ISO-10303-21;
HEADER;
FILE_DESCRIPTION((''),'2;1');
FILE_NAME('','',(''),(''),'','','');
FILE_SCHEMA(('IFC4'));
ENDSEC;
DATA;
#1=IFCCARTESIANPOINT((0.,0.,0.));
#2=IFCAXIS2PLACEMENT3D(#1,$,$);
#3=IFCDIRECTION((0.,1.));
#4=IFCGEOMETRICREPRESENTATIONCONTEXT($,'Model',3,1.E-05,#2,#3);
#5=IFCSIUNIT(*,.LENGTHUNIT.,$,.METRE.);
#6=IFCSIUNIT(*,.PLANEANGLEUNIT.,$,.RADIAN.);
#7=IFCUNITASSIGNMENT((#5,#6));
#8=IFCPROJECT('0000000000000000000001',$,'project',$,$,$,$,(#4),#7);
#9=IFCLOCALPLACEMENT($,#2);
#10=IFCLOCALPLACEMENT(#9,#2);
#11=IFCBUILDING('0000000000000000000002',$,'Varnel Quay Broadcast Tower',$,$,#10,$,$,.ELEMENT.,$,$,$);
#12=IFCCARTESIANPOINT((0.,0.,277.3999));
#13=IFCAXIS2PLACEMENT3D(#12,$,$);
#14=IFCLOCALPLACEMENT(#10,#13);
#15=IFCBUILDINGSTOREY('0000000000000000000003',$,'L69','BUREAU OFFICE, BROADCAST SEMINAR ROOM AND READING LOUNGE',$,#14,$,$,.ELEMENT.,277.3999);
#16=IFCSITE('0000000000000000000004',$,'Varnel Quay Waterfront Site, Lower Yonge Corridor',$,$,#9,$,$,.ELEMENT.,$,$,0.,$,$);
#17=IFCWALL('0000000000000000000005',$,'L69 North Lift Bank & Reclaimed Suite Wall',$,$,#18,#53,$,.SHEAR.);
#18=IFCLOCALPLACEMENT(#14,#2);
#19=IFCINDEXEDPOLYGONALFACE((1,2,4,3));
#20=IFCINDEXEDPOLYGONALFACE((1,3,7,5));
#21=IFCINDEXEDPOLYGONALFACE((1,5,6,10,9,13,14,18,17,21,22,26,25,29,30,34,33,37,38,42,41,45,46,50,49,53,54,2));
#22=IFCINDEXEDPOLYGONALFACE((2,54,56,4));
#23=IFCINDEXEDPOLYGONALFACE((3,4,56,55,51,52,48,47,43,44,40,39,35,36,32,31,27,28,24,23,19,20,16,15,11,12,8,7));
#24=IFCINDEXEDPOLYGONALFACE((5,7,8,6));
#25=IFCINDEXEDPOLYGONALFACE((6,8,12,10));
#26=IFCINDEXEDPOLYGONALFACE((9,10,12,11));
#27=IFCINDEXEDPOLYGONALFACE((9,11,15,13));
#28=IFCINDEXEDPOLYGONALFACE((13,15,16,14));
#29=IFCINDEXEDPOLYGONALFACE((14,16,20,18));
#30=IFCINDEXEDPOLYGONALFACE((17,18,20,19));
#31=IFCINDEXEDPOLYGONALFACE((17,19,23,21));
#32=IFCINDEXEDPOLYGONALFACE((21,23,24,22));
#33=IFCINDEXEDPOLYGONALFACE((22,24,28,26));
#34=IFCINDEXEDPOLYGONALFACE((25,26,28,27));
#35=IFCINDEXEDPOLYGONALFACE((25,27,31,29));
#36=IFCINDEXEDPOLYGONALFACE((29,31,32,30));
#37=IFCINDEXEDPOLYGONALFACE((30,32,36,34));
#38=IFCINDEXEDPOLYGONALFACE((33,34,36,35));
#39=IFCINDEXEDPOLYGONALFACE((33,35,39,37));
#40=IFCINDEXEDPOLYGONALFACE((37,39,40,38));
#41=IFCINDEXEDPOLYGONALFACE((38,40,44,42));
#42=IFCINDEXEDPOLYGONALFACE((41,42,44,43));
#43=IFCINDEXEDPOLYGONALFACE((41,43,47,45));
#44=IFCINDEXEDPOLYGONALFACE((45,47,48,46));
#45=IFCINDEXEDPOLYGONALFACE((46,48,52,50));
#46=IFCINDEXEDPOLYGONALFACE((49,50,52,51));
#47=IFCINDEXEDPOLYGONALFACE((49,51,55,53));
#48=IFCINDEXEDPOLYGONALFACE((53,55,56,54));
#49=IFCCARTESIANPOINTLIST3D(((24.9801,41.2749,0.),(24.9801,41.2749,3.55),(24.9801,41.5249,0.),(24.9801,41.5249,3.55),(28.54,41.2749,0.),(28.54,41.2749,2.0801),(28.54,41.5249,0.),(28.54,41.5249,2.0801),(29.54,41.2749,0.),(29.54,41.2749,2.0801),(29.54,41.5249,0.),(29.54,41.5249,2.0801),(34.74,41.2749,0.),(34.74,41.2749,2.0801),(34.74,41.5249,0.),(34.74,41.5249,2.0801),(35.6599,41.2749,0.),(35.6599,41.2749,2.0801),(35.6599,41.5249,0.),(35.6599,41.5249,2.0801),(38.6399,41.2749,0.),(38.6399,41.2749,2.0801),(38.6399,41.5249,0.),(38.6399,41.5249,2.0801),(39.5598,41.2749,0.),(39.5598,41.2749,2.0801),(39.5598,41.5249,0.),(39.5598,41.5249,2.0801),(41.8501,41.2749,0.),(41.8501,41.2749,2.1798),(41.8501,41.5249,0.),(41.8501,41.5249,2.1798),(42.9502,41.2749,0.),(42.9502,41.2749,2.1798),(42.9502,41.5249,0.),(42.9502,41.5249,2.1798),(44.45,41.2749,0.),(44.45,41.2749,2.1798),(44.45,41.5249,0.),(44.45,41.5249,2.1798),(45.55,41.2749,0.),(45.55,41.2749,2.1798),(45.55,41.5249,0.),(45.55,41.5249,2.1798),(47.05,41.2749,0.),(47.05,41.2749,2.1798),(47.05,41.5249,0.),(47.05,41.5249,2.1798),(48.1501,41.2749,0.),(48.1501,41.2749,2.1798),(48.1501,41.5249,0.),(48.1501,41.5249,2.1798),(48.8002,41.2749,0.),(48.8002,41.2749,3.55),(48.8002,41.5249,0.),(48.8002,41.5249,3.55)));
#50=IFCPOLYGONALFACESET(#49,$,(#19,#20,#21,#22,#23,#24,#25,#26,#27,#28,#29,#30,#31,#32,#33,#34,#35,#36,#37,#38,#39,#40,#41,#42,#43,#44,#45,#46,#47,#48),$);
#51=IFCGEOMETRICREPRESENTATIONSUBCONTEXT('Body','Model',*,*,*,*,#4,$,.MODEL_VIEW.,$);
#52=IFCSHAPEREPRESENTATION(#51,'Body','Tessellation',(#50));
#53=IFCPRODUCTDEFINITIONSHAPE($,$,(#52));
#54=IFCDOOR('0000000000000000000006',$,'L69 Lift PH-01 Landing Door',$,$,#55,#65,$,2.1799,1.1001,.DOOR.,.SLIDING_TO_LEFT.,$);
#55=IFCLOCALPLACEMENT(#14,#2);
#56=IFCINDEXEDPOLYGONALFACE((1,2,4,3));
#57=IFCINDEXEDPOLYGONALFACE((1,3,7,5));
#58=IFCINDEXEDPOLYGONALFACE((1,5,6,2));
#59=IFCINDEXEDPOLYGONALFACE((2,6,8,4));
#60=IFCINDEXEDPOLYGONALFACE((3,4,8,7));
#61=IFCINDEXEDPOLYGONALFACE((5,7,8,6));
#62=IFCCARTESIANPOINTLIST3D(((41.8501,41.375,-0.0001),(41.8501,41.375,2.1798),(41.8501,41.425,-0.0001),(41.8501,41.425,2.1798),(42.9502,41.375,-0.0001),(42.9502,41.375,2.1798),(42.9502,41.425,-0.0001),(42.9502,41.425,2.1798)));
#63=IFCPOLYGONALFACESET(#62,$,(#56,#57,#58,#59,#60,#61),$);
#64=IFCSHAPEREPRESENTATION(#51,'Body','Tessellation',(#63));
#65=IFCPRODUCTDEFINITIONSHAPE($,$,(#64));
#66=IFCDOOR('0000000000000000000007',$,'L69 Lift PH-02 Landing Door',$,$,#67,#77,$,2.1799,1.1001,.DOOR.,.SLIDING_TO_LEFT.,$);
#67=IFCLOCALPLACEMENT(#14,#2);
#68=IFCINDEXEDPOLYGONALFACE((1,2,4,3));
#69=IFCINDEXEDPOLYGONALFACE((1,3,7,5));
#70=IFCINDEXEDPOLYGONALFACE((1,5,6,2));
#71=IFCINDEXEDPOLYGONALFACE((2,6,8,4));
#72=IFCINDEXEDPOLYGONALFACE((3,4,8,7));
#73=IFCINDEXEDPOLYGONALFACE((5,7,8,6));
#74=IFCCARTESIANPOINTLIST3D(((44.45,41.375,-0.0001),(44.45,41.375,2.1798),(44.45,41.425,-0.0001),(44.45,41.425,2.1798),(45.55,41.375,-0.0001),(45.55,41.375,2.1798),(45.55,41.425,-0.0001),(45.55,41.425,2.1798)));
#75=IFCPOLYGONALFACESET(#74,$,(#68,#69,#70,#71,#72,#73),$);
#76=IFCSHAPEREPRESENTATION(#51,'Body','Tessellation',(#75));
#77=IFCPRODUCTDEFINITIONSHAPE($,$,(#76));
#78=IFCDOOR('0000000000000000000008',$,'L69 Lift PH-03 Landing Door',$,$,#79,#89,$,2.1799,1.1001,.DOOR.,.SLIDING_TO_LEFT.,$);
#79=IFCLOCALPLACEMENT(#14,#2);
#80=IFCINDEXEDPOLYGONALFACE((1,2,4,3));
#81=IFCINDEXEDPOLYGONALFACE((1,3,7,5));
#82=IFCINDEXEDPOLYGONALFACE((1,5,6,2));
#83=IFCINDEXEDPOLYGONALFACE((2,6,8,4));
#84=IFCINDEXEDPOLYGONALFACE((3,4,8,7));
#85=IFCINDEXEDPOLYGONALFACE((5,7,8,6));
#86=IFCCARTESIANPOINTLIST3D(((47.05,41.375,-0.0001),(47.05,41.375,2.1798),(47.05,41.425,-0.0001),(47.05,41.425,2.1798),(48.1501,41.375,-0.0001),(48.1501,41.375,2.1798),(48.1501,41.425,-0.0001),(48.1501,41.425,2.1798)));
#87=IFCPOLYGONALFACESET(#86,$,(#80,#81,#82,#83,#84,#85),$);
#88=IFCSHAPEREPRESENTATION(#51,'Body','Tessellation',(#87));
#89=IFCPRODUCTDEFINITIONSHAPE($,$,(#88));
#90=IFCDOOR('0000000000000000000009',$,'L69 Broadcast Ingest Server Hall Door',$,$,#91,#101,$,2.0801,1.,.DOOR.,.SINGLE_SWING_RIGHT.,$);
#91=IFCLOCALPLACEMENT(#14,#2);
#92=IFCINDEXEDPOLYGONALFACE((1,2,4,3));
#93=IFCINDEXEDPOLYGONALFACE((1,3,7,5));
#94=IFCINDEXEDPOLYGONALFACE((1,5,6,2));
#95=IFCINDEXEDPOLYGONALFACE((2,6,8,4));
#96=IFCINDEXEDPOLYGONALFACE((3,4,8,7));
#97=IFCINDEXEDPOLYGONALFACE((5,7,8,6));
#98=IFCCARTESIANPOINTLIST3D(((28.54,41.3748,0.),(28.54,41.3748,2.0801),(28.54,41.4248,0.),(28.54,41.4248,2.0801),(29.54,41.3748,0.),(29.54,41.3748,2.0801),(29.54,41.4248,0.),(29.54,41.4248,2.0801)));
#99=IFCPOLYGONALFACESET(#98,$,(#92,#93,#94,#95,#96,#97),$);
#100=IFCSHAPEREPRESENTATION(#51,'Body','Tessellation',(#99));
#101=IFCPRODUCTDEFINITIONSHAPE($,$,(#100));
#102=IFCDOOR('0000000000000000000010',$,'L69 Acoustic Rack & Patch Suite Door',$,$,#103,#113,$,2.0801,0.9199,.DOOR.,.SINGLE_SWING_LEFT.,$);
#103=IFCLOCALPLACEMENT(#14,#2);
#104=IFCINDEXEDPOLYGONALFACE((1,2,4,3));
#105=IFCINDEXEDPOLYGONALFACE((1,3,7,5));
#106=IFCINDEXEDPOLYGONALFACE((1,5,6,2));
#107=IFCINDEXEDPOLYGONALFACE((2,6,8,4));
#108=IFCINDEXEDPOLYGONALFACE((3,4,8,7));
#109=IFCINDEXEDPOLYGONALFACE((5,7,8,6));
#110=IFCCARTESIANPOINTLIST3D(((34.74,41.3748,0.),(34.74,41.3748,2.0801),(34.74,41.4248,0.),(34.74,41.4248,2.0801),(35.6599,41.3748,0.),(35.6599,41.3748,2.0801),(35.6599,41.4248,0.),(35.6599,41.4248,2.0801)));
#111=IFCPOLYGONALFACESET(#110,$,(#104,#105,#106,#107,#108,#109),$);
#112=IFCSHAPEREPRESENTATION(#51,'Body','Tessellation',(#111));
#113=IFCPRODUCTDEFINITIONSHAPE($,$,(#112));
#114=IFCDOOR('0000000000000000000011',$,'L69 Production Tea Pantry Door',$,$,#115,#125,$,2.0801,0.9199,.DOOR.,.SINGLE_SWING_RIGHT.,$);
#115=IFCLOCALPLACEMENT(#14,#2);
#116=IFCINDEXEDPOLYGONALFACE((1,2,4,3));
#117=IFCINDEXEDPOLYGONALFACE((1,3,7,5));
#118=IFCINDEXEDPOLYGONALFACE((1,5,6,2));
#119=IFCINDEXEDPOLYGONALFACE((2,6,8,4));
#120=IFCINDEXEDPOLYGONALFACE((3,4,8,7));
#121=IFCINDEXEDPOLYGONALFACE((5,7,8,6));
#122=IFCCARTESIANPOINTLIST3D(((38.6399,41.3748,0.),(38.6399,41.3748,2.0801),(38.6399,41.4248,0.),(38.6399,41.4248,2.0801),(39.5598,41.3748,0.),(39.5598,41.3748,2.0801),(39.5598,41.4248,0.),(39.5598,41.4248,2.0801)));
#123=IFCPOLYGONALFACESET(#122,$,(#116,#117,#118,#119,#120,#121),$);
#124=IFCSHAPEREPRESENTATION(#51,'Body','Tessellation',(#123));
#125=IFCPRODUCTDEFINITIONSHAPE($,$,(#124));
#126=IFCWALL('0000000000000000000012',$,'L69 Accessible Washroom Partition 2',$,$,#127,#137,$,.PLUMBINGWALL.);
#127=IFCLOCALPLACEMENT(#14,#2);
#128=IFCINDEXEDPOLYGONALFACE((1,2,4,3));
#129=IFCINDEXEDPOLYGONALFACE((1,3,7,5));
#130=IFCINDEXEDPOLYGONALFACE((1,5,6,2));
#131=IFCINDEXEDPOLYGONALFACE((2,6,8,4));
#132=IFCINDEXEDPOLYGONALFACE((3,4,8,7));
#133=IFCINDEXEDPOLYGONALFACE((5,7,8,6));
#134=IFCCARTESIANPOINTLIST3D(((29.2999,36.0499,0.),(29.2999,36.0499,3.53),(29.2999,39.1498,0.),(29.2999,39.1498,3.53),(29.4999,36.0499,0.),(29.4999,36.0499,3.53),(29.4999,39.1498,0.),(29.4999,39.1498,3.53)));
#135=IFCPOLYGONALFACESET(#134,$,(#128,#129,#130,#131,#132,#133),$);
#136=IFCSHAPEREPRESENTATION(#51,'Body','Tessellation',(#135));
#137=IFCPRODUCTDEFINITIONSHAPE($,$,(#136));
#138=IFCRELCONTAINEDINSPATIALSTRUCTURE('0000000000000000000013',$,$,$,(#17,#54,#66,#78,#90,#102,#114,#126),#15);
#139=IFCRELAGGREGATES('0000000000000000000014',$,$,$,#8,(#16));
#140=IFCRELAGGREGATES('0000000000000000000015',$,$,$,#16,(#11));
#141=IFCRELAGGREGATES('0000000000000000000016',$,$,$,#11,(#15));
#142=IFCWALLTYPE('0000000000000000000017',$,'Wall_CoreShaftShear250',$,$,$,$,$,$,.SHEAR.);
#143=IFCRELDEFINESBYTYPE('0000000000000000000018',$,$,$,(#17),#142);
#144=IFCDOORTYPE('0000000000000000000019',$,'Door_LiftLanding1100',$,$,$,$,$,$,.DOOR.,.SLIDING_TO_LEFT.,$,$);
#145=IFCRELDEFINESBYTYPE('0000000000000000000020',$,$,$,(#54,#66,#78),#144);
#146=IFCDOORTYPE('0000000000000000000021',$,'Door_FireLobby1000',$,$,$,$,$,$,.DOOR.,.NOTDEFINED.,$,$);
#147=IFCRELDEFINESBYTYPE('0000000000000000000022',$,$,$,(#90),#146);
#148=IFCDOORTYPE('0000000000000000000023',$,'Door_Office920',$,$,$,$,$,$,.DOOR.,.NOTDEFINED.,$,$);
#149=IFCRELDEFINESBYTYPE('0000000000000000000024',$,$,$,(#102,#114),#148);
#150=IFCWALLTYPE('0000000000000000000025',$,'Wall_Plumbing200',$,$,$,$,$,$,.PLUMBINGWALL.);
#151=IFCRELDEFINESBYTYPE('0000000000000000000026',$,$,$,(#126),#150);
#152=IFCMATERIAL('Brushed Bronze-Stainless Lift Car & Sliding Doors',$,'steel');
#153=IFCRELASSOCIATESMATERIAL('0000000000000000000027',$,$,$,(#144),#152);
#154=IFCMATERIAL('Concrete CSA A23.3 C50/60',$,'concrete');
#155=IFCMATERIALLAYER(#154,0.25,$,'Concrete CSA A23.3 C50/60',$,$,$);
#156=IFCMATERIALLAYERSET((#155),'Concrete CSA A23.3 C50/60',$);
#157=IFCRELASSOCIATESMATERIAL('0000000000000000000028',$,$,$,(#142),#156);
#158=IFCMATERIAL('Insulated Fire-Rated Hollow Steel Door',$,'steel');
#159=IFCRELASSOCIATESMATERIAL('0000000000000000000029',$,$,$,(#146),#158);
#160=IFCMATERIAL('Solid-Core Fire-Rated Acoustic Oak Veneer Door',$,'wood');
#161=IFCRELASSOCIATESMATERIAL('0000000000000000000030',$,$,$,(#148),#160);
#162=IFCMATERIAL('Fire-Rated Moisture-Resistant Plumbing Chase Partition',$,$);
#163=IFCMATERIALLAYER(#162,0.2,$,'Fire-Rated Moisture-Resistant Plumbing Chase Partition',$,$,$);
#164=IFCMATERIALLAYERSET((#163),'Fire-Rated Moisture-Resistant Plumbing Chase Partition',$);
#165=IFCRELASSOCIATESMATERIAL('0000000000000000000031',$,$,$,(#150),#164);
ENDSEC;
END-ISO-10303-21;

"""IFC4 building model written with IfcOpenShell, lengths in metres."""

from ifc_helpers import new_model, si_unit, direction, frame, frame_2d, origin, place, context, subcontext, project, spatial, rectangle, extrude, source, transform, mapped, material, layer, layer_set, type_object, type_shapes, element, fill, save


model = new_model("IFC4")

# Units and contexts
model_context = context("Model", 3, precision=1e-05, world=origin(), true_north=direction((0.0, 1.0)))
body_context = subcontext(model_context, "Body", "Model", "MODEL_VIEW")
ifc_project = project(units=[si_unit("LENGTHUNIT", "METRE"), si_unit("PLANEANGLEUNIT", "RADIAN")], contexts=[model_context])

# Site, building, storey
site_placement = place(None, origin())
site = spatial("IfcSite", under=ifc_project, at=site_placement, Name="Varnel Quay Waterfront Site, Lower Yonge Corridor", CompositionType="ELEMENT", RefElevation=0.0)
building_placement = place(site_placement, origin())
building = spatial("IfcBuilding", under=site, at=building_placement, Name="Varnel Quay Broadcast Tower", CompositionType="ELEMENT")
storey_placement = place(building_placement, frame((0.0, 0.0, 277.3999)))
storey = spatial("IfcBuildingStorey", under=building, at=storey_placement, Name="L69", Description="BUREAU OFFICE, BROADCAST SEMINAR ROOM AND READING LOUNGE", CompositionType="ELEMENT", Elevation=277.3999)

# Shared definitions
ifc_material_1 = material(Name="Concrete CSA A23.3 C50/60", Category="concrete")
ifc_material_2 = material(Name="Brushed Bronze-Stainless Lift Car & Sliding Doors", Category="steel")
door_type_1 = type_object("IfcDoorType", Name="Door_LiftLanding1100", OperationType="SLIDING_TO_LEFT", PredefinedType="DOOR", material=ifc_material_2)
shared_shape_1 = source(origin(), body_context, "Body", "SweptSolid", [
    extrude(rectangle(XDim=1.1001, YDim=2.1799, at=frame_2d((0.55, 1.0898))), frame((0.0, 0.0249, 0.0), z_axis=(0.0, -1.0, 0.0), x_axis=(1.0, 0.0, 0.0)), (0.0, 0.0, 1.0), 0.05),
])
type_shapes(door_type_1, [shared_shape_1])

# Shared definitions
ifc_layer_1 = layer(ifc_material_1, 0.25, Name="Concrete CSA A23.3 C50/60")
ifc_layer_set_1 = layer_set([ifc_layer_1], Name="Concrete CSA A23.3 C50/60")
wall_type_1 = type_object("IfcWallType", Name="Wall_CoreShaftShear250", PredefinedType="SHEAR", material=ifc_layer_set_1)

# Wall, openings, doors
wall_1_placement = place(storey_placement, frame((24.98, 41.3999, 0.0), z_axis=(0.0, 0.0, 1.0), x_axis=(1.0, 0.0, 0.0)))
wall_1 = element("IfcWall", 1, at=wall_1_placement, inside=storey, type_object=wall_type_1, Name="L69 North Lift Bank & Reclaimed Suite Wall", PredefinedType="SHEAR", context=body_context, shape_type="SweptSolid", body=[
    extrude(rectangle(XDim=23.8201, YDim=0.25, at=frame_2d((11.9102, 0.0))), origin(), (0.0, 0.0, 1.0), 3.55),
])
opening_1_placement = place(wall_1_placement, frame((16.8701, 0.0, 0.0)))
opening_1 = element("IfcOpeningElement", 2, at=opening_1_placement, cuts=wall_1, PredefinedType="OPENING", context=body_context, shape_type="SweptSolid", body=[
    extrude(rectangle(XDim=1.1001, YDim=2.1799, at=frame_2d((0.55, 1.0898))), frame((0.0, 0.135, 0.0), z_axis=(0.0, -1.0, 0.0), x_axis=(1.0, 0.0, 0.0)), (0.0, 0.0, 1.0), 0.27),
])
opening_2_placement = place(wall_1_placement, frame((19.47, 0.0, 0.0)))
opening_2 = element("IfcOpeningElement", 3, at=opening_2_placement, cuts=wall_1, PredefinedType="OPENING", context=body_context, shape_type="SweptSolid", body=[
    extrude(rectangle(XDim=1.1001, YDim=2.1799, at=frame_2d((0.55, 1.0898))), frame((0.0, 0.135, 0.0), z_axis=(0.0, -1.0, 0.0), x_axis=(1.0, 0.0, 0.0)), (0.0, 0.0, 1.0), 0.27),
])
opening_3_placement = place(wall_1_placement, frame((22.0701, 0.0, 0.0)))
opening_3 = element("IfcOpeningElement", 4, at=opening_3_placement, cuts=wall_1, PredefinedType="OPENING", context=body_context, shape_type="SweptSolid", body=[
    extrude(rectangle(XDim=1.1001, YDim=2.1799, at=frame_2d((0.55, 1.0898))), frame((0.0, 0.135, 0.0), z_axis=(0.0, -1.0, 0.0), x_axis=(1.0, 0.0, 0.0)), (0.0, 0.0, 1.0), 0.27),
])
opening_4_placement = place(wall_1_placement, frame((3.5601, 0.0, 0.0)))
opening_4 = element("IfcOpeningElement", 5, at=opening_4_placement, cuts=wall_1, PredefinedType="OPENING", context=body_context, shape_type="SweptSolid", body=[
    extrude(rectangle(XDim=1.0, YDim=2.0801, at=frame_2d((0.5, 1.04))), frame((0.0, 0.135, 0.0), z_axis=(0.0, -1.0, 0.0), x_axis=(1.0, 0.0, 0.0)), (0.0, 0.0, 1.0), 0.27),
])
opening_5_placement = place(wall_1_placement, frame((9.76, 0.0, 0.0)))
opening_5 = element("IfcOpeningElement", 6, at=opening_5_placement, cuts=wall_1, PredefinedType="OPENING", context=body_context, shape_type="SweptSolid", body=[
    extrude(rectangle(XDim=0.9199, YDim=2.0801, at=frame_2d((0.46, 1.04))), frame((0.0, 0.135, 0.0), z_axis=(0.0, -1.0, 0.0), x_axis=(1.0, 0.0, 0.0)), (0.0, 0.0, 1.0), 0.27),
])
opening_6_placement = place(wall_1_placement, frame((13.6599, 0.0, 0.0)))
opening_6 = element("IfcOpeningElement", 7, at=opening_6_placement, cuts=wall_1, PredefinedType="OPENING", context=body_context, shape_type="SweptSolid", body=[
    extrude(rectangle(XDim=0.9199, YDim=2.0801, at=frame_2d((0.46, 1.04))), frame((0.0, 0.135, 0.0), z_axis=(0.0, -1.0, 0.0), x_axis=(1.0, 0.0, 0.0)), (0.0, 0.0, 1.0), 0.27),
])
door_1_placement = place(opening_1_placement, frame((1.1001, 0.0, 0.0), z_axis=(0.0, 0.0, 1.0), x_axis=(-1.0, 0.0, 0.0)))
door_1 = element("IfcDoor", 8, at=door_1_placement, inside=storey, type_object=door_type_1, Name="L69 Lift PH-01 Landing Door", OperationType="SLIDING_TO_LEFT", OverallHeight=2.1799, OverallWidth=1.1001, PredefinedType="DOOR", context=body_context, shape_type="MappedRepresentation", body=[
    mapped(shared_shape_1, transform((0.0, 0.0, 0.0), x_axis=(1.0, 0.0, 0.0), y_axis=(0.0, 1.0, 0.0), z_axis=(0.0, 0.0, 1.0), scale=1.0)),
])
fill(opening_1, door_1)
door_2_placement = place(opening_2_placement, frame((1.1001, 0.0, 0.0), z_axis=(0.0, 0.0, 1.0), x_axis=(-1.0, 0.0, 0.0)))
door_2 = element("IfcDoor", 9, at=door_2_placement, inside=storey, type_object=door_type_1, Name="L69 Lift PH-02 Landing Door", OperationType="SLIDING_TO_LEFT", OverallHeight=2.1799, OverallWidth=1.1001, PredefinedType="DOOR", context=body_context, shape_type="MappedRepresentation", body=[
    mapped(shared_shape_1, transform((0.0, 0.0, 0.0), x_axis=(1.0, 0.0, 0.0), y_axis=(0.0, 1.0, 0.0), z_axis=(0.0, 0.0, 1.0), scale=1.0)),
])
fill(opening_2, door_2)
door_3_placement = place(opening_3_placement, frame((1.1001, 0.0, 0.0), z_axis=(0.0, 0.0, 1.0), x_axis=(-1.0, 0.0, 0.0)))
door_3 = element("IfcDoor", 10, at=door_3_placement, inside=storey, type_object=door_type_1, Name="L69 Lift PH-03 Landing Door", OperationType="SLIDING_TO_LEFT", OverallHeight=2.1799, OverallWidth=1.1001, PredefinedType="DOOR", context=body_context, shape_type="MappedRepresentation", body=[
    mapped(shared_shape_1, transform((0.0, 0.0, 0.0), x_axis=(1.0, 0.0, 0.0), y_axis=(0.0, 1.0, 0.0), z_axis=(0.0, 0.0, 1.0), scale=1.0)),
])
fill(opening_3, door_3)
ifc_material_3 = material(Name="Insulated Fire-Rated Hollow Steel Door", Category="steel")
door_type_2 = type_object("IfcDoorType", Name="Door_FireLobby1000", OperationType="NOTDEFINED", PredefinedType="DOOR", material=ifc_material_3)
shared_shape_2 = source(origin(), body_context, "Body", "SweptSolid", [
    extrude(rectangle(XDim=1.0, YDim=2.0801, at=frame_2d((0.5, 1.04))), frame((0.0, 0.0249, 0.0), z_axis=(0.0, -1.0, 0.0), x_axis=(1.0, 0.0, 0.0)), (0.0, 0.0, 1.0), 0.05),
])
type_shapes(door_type_2, [shared_shape_2])
door_4_placement = place(opening_4_placement, origin())
door_4 = element("IfcDoor", 11, at=door_4_placement, inside=storey, type_object=door_type_2, Name="L69 Broadcast Ingest Server Hall Door", OperationType="SINGLE_SWING_RIGHT", OverallHeight=2.0801, OverallWidth=1.0, PredefinedType="DOOR", context=body_context, shape_type="MappedRepresentation", body=[
    mapped(shared_shape_2, transform((0.0, 0.0, 0.0), x_axis=(1.0, 0.0, 0.0), y_axis=(0.0, 1.0, 0.0), z_axis=(0.0, 0.0, 1.0), scale=1.0)),
])
fill(opening_4, door_4)
ifc_material_4 = material(Name="Solid-Core Fire-Rated Acoustic Oak Veneer Door", Category="wood")
door_type_3 = type_object("IfcDoorType", Name="Door_Office920", OperationType="NOTDEFINED", PredefinedType="DOOR", material=ifc_material_4)
shared_shape_3 = source(origin(), body_context, "Body", "SweptSolid", [
    extrude(rectangle(XDim=0.9199, YDim=2.0801, at=frame_2d((0.46, 1.04))), frame((0.0, 0.0249, 0.0), z_axis=(0.0, -1.0, 0.0), x_axis=(1.0, 0.0, 0.0)), (0.0, 0.0, 1.0), 0.05),
])
type_shapes(door_type_3, [shared_shape_3])
door_5_placement = place(opening_5_placement, origin())
door_5 = element("IfcDoor", 12, at=door_5_placement, inside=storey, type_object=door_type_3, Name="L69 Acoustic Rack & Patch Suite Door", OperationType="SINGLE_SWING_LEFT", OverallHeight=2.0801, OverallWidth=0.9199, PredefinedType="DOOR", context=body_context, shape_type="MappedRepresentation", body=[
    mapped(shared_shape_3, transform((0.0, 0.0, 0.0), x_axis=(1.0, 0.0, 0.0), y_axis=(0.0, 1.0, 0.0), z_axis=(0.0, 0.0, 1.0), scale=1.0)),
])
fill(opening_5, door_5)
door_6_placement = place(opening_6_placement, origin())
door_6 = element("IfcDoor", 13, at=door_6_placement, inside=storey, type_object=door_type_3, Name="L69 Production Tea Pantry Door", OperationType="SINGLE_SWING_RIGHT", OverallHeight=2.0801, OverallWidth=0.9199, PredefinedType="DOOR", context=body_context, shape_type="MappedRepresentation", body=[
    mapped(shared_shape_3, transform((0.0, 0.0, 0.0), x_axis=(1.0, 0.0, 0.0), y_axis=(0.0, 1.0, 0.0), z_axis=(0.0, 0.0, 1.0), scale=1.0)),
])
fill(opening_6, door_6)

# Wall
ifc_material_5 = material(Name="Fire-Rated Moisture-Resistant Plumbing Chase Partition")
ifc_layer_2 = layer(ifc_material_5, 0.2, Name="Fire-Rated Moisture-Resistant Plumbing Chase Partition")
ifc_layer_set_2 = layer_set([ifc_layer_2], Name="Fire-Rated Moisture-Resistant Plumbing Chase Partition")
wall_type_2 = type_object("IfcWallType", Name="Wall_Plumbing200", PredefinedType="PLUMBINGWALL", material=ifc_layer_set_2)
wall_2_placement = place(storey_placement, frame((29.3999, 36.05, 0.0), z_axis=(0.0, 0.0, 1.0), x_axis=(0.0, 1.0, 0.0)))
element("IfcWall", 14, at=wall_2_placement, inside=storey, type_object=wall_type_2, Name="L69 Accessible Washroom Partition 2", PredefinedType="PLUMBINGWALL", context=body_context, shape_type="SweptSolid", body=[
    extrude(rectangle(XDim=3.0999, YDim=0.2, at=frame_2d((1.5498, 0.0))), origin(), (0.0, 0.0, 1.0), 3.53),
])

save(model, "model.ifc")
